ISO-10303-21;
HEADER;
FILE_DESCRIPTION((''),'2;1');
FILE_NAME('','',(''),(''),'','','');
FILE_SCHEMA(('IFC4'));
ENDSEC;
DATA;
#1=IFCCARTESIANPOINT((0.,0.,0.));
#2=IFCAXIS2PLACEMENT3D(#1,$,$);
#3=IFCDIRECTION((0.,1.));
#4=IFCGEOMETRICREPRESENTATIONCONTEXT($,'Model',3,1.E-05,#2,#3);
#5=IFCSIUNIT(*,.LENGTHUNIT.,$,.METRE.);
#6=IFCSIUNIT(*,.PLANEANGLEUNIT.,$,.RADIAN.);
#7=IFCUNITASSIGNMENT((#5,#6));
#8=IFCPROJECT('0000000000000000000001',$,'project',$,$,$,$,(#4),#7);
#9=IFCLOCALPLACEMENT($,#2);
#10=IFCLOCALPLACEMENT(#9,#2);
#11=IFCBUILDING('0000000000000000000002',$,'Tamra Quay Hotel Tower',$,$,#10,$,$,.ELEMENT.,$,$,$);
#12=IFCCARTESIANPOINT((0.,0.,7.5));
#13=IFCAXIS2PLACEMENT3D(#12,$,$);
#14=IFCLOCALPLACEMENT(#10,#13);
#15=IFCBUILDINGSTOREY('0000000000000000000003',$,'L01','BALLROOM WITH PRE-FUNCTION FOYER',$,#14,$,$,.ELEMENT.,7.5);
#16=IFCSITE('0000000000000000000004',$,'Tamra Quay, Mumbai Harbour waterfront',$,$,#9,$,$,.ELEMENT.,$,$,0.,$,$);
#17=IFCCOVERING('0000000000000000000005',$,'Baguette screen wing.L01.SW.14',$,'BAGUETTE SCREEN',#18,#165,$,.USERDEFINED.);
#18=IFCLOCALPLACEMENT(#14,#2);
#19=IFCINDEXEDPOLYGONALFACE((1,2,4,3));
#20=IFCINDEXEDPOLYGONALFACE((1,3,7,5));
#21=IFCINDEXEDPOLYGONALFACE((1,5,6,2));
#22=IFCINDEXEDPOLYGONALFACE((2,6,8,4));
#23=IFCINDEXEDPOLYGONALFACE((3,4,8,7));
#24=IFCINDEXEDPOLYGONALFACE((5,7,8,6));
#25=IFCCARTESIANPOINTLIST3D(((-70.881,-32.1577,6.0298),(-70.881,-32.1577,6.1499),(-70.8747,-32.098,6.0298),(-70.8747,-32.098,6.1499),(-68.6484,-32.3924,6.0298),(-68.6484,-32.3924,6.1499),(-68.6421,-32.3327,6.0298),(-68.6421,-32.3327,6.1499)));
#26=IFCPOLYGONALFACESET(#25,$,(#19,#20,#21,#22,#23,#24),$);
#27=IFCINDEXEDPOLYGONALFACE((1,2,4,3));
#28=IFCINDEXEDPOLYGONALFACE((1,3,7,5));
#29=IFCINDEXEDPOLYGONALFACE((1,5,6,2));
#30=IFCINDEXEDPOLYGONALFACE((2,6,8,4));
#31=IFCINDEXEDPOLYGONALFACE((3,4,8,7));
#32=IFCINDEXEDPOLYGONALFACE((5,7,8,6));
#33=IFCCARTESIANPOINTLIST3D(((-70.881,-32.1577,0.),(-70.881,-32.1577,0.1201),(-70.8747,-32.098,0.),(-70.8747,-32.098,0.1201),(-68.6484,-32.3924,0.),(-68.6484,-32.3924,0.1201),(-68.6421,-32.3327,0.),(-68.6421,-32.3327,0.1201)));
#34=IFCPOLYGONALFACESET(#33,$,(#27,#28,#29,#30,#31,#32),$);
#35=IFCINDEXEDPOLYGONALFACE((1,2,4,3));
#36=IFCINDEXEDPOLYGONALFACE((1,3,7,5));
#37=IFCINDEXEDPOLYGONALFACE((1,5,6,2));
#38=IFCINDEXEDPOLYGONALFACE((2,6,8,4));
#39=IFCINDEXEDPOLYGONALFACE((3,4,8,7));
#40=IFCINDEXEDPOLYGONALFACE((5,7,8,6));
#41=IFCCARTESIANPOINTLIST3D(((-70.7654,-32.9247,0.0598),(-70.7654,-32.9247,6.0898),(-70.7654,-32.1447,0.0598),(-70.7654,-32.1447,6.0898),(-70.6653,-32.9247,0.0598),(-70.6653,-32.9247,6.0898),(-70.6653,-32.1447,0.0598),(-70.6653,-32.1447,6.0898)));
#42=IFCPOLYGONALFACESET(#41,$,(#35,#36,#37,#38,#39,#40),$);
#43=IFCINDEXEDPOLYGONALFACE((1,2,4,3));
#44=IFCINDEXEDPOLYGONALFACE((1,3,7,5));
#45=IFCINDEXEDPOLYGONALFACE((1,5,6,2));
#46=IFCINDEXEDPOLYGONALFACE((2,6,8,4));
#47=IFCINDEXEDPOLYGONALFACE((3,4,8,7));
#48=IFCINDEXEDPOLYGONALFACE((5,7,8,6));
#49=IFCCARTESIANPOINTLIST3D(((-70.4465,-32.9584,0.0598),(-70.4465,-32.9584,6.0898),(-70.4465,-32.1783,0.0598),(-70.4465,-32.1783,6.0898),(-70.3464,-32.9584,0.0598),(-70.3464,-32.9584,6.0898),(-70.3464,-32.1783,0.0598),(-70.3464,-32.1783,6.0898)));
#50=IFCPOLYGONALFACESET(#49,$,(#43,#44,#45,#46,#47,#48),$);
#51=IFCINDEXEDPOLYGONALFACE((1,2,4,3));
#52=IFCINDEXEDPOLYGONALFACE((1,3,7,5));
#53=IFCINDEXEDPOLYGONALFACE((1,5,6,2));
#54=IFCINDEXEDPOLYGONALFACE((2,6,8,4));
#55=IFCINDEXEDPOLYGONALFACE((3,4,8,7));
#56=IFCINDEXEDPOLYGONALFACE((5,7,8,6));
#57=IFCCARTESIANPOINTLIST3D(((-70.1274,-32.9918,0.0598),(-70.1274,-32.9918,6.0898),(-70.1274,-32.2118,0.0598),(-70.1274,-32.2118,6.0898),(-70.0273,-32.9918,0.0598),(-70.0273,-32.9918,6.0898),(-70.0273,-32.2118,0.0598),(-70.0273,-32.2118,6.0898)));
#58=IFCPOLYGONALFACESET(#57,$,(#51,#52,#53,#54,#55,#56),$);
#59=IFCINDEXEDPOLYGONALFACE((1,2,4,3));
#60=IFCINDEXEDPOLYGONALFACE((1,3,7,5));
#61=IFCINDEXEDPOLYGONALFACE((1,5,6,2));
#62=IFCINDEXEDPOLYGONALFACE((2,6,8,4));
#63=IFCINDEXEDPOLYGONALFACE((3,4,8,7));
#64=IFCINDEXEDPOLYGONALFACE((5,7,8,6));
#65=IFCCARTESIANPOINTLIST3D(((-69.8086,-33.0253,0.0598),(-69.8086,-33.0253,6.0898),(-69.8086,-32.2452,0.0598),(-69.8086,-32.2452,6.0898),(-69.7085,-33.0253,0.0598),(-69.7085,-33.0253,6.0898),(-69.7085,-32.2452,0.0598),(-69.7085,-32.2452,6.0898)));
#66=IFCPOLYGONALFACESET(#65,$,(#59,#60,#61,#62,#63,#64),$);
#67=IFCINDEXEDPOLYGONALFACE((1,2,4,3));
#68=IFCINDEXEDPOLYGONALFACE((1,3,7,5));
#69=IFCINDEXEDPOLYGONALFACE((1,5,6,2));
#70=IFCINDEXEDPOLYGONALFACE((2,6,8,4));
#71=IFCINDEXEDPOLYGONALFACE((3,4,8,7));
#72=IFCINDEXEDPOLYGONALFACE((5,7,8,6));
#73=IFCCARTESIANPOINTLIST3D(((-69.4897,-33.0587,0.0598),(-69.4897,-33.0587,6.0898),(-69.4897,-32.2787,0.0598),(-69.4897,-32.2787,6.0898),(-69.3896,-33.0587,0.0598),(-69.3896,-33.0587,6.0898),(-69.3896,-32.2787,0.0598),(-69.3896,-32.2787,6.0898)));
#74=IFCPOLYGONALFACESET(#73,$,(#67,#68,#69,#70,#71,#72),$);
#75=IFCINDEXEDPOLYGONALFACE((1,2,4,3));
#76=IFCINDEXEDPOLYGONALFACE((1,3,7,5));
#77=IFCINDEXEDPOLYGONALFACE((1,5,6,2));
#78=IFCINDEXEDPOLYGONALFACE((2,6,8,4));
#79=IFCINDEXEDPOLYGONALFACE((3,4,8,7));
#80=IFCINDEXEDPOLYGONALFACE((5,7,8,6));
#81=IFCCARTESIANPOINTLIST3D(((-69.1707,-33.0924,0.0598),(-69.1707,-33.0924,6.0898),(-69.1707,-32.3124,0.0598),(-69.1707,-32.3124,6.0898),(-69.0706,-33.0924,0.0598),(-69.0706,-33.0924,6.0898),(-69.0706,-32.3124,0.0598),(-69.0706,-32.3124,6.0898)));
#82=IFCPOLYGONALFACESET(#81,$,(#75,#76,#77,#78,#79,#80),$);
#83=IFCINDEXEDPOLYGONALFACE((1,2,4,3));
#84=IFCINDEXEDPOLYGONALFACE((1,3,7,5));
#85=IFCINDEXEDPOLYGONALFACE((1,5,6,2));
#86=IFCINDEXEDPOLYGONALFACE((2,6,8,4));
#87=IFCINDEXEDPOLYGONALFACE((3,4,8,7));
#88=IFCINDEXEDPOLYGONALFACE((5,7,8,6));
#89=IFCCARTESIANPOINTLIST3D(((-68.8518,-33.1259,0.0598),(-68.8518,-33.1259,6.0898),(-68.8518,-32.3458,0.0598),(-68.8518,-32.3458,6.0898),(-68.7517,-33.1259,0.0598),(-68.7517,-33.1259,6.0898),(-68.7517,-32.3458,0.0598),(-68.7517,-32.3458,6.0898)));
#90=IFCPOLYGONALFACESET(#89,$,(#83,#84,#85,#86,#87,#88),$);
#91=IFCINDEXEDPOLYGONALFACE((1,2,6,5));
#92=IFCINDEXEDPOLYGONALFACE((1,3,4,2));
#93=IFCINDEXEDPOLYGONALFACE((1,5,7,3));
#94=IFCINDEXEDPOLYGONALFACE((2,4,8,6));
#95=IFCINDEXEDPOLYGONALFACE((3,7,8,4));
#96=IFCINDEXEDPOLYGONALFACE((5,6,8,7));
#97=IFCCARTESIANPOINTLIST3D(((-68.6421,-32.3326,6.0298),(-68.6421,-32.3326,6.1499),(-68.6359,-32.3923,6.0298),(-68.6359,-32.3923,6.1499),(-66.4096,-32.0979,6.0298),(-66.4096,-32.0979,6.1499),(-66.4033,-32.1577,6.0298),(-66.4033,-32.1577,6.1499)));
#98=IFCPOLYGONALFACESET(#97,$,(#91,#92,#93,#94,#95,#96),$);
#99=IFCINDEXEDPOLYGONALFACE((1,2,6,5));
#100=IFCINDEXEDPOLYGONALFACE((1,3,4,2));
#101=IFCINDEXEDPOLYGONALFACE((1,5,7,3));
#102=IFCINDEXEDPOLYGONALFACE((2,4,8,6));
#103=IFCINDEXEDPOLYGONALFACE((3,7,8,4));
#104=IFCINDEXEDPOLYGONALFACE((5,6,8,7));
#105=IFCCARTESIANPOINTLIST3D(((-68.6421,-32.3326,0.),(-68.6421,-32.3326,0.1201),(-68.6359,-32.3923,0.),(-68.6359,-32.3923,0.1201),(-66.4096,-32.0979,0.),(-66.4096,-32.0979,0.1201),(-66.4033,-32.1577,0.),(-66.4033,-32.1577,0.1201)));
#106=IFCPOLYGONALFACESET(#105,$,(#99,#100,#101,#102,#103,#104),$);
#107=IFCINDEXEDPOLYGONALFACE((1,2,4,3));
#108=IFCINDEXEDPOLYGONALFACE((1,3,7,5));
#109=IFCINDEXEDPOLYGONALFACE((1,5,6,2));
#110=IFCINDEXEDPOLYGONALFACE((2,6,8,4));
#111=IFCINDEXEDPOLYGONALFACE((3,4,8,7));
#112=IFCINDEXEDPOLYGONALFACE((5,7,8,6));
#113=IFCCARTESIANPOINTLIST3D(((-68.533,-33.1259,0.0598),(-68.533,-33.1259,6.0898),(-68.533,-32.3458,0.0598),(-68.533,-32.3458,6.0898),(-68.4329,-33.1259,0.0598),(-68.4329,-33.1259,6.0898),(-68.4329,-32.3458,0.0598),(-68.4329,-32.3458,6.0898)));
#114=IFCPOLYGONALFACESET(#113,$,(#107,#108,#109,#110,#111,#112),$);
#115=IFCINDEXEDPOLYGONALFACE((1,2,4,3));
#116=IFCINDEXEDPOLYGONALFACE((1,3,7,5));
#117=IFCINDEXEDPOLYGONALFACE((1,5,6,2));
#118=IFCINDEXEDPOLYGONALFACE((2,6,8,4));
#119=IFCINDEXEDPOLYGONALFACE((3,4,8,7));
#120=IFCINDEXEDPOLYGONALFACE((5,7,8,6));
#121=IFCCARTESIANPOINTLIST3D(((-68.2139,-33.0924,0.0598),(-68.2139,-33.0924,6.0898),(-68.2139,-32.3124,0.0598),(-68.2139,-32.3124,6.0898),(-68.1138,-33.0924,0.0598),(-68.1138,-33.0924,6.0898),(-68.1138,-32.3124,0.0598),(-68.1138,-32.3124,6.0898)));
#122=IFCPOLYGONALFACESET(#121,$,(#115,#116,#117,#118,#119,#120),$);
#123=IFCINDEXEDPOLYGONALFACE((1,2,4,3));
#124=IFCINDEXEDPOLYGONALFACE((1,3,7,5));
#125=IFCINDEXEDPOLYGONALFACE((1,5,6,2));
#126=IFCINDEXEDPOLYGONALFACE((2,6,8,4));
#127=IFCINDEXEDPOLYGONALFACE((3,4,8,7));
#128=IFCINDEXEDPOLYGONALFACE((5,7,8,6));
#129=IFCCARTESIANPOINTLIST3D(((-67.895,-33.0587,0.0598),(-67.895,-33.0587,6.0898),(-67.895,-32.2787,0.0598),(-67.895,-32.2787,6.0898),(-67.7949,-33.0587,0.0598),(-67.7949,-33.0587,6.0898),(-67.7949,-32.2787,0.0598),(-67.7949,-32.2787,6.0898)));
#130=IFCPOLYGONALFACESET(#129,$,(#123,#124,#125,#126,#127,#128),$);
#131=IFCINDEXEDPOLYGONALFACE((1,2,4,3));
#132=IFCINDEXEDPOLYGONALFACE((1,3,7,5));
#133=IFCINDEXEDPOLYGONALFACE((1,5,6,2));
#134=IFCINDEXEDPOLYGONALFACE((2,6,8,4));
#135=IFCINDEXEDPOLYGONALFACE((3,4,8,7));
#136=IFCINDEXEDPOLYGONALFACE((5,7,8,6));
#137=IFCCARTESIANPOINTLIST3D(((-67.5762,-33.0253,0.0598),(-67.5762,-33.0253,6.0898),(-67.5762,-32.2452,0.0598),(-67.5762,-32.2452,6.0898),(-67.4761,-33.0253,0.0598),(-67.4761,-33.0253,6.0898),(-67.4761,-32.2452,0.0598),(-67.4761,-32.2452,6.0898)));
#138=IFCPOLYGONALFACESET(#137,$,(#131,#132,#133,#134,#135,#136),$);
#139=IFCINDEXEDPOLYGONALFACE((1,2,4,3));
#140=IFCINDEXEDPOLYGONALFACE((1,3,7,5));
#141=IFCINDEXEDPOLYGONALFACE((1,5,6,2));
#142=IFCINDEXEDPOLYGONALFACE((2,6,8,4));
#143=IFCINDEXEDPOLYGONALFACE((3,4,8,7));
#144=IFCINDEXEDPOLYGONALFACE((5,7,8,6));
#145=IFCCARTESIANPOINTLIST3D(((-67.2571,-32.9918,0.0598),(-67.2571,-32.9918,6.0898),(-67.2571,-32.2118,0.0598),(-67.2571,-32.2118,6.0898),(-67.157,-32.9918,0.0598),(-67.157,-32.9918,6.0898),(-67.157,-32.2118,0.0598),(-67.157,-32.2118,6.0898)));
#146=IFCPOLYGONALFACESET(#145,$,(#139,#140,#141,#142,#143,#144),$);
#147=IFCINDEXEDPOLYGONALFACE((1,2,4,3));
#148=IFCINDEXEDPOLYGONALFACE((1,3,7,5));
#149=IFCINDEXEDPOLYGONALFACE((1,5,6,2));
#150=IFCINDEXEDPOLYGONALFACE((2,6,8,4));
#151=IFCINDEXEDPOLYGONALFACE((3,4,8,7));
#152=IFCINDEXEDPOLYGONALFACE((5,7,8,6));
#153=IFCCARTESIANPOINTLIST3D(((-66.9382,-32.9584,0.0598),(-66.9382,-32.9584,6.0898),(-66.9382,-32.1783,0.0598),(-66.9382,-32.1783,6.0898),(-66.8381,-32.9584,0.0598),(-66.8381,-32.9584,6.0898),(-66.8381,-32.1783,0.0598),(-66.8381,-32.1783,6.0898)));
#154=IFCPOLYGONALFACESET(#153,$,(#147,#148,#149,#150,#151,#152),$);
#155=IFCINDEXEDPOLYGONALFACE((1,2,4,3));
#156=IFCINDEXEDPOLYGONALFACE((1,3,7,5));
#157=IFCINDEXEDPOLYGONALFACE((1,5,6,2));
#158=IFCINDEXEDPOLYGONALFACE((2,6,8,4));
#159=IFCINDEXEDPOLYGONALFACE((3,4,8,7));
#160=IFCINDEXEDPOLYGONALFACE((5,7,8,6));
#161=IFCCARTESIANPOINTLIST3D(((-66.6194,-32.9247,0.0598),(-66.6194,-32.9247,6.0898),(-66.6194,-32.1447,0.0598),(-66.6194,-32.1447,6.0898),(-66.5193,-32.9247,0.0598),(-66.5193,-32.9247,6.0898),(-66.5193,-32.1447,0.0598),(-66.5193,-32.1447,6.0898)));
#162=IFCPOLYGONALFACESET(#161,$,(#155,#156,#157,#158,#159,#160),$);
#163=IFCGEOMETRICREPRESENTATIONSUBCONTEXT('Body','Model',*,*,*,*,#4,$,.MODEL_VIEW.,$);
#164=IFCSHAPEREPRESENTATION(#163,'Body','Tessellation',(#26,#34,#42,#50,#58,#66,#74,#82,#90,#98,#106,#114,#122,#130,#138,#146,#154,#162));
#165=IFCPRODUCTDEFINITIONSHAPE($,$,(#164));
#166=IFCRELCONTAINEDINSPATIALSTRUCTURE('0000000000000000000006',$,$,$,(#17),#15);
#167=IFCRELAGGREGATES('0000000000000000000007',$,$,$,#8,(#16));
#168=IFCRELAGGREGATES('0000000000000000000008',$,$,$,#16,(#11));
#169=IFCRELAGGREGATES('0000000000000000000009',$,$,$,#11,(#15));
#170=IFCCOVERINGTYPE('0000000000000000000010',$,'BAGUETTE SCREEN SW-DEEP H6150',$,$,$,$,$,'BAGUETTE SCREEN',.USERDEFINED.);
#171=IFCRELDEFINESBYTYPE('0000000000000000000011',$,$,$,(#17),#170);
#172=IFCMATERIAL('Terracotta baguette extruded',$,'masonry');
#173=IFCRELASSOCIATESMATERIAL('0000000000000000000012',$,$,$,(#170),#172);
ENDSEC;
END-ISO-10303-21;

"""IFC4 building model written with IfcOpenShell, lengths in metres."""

from ifc_helpers import new_model, si_unit, direction, frame, frame_2d, origin, place, context, subcontext, project, spatial, rectangle, extrude, source, transform, mapped, material, type_object, element, save


model = new_model("IFC4")

# Units and contexts
model_context = context("Model", 3, precision=1e-05, world=origin(), true_north=direction((0.0, 1.0)))
body_context = subcontext(model_context, "Body", "Model", "MODEL_VIEW")
ifc_project = project(units=[si_unit("LENGTHUNIT", "METRE"), si_unit("PLANEANGLEUNIT", "RADIAN")], contexts=[model_context])

# Site, building, storey
site_placement = place(None, origin())
site = spatial("IfcSite", under=ifc_project, at=site_placement, Name="Tamra Quay, Mumbai Harbour waterfront", CompositionType="ELEMENT", RefElevation=0.0)
building_placement = place(site_placement, origin())
building = spatial("IfcBuilding", under=site, at=building_placement, Name="Tamra Quay Hotel Tower", CompositionType="ELEMENT")
storey_placement = place(building_placement, frame((0.0, 0.0, 7.5)))
storey = spatial("IfcBuildingStorey", under=building, at=storey_placement, Name="L01", Description="BALLROOM WITH PRE-FUNCTION FOYER", CompositionType="ELEMENT", Elevation=7.5)

# Covering
ifc_material_1 = material(Name="Terracotta baguette extruded", Category="masonry")
covering_type_1 = type_object("IfcCoveringType", Name="BAGUETTE SCREEN SW-DEEP H6150", ElementType="BAGUETTE SCREEN", PredefinedType="USERDEFINED", material=ifc_material_1)
shared_shape_1 = source(origin(), body_context, "Body", "SweptSolid", [
    extrude(rectangle(XDim=2.2449, YDim=0.0601, at=frame_2d((1.1226, 0.03))), frame((-2.2388, -0.0576, -0.1201), z_axis=(0.0, 0.0, 1.0), x_axis=(0.994522, -0.104528, 0.0)), (0.0, 0.0, 1.0), 0.1201),
    extrude(rectangle(XDim=2.2449, YDim=0.0601, at=frame_2d((1.1226, 0.03))), frame((-2.2388, -0.0576, -6.1499), z_axis=(0.0, 0.0, 1.0), x_axis=(0.994522, -0.104528, 0.0)), (0.0, 0.0, 1.0), 0.1201),
    extrude(rectangle(XDim=0.1001, YDim=0.78, at=frame_2d((0.05, 0.3901))), frame((-2.123, -0.8247, -6.0901)), (0.0, 0.0, 1.0), 6.03),
    extrude(rectangle(XDim=0.1001, YDim=0.78, at=frame_2d((0.05, 0.3901))), frame((-1.8042, -0.8584, -6.0901)), (0.0, 0.0, 1.0), 6.03),
    extrude(rectangle(XDim=0.1001, YDim=0.78, at=frame_2d((0.05, 0.3901))), frame((-1.4851, -0.8918, -6.0901)), (0.0, 0.0, 1.0), 6.03),
    extrude(rectangle(XDim=0.1001, YDim=0.78, at=frame_2d((0.05, 0.3901))), frame((-1.1663, -0.9253, -6.0901)), (0.0, 0.0, 1.0), 6.03),
    extrude(rectangle(XDim=0.1001, YDim=0.78, at=frame_2d((0.05, 0.3901))), frame((-0.8474, -0.9587, -6.0901)), (0.0, 0.0, 1.0), 6.03),
    extrude(rectangle(XDim=0.1001, YDim=0.78, at=frame_2d((0.05, 0.3901))), frame((-0.5283, -0.9924, -6.0901)), (0.0, 0.0, 1.0), 6.03),
    extrude(rectangle(XDim=0.1001, YDim=0.78, at=frame_2d((0.05, 0.3901))), frame((-0.2095, -1.0259, -6.0901)), (0.0, 0.0, 1.0), 6.03),
    extrude(rectangle(XDim=2.2449, YDim=0.0601, at=frame_2d((1.1226, 0.03))), frame((0.0063, -0.2922, -0.1201), z_axis=(0.0, 0.0, 1.0), x_axis=(0.994522, 0.104528, 0.0)), (0.0, 0.0, 1.0), 0.1201),
    extrude(rectangle(XDim=2.2449, YDim=0.0601, at=frame_2d((1.1226, 0.03))), frame((0.0063, -0.2922, -6.1499), z_axis=(0.0, 0.0, 1.0), x_axis=(0.994522, 0.104528, 0.0)), (0.0, 0.0, 1.0), 0.1201),
    extrude(rectangle(XDim=0.1001, YDim=0.78, at=frame_2d((0.05, 0.3901))), frame((0.1094, -1.0259, -6.0901)), (0.0, 0.0, 1.0), 6.03),
    extrude(rectangle(XDim=0.1001, YDim=0.78, at=frame_2d((0.05, 0.3901))), frame((0.4285, -0.9924, -6.0901)), (0.0, 0.0, 1.0), 6.03),
    extrude(rectangle(XDim=0.1001, YDim=0.78, at=frame_2d((0.05, 0.3901))), frame((0.7473, -0.9587, -6.0901)), (0.0, 0.0, 1.0), 6.03),
    extrude(rectangle(XDim=0.1001, YDim=0.78, at=frame_2d((0.05, 0.3901))), frame((1.0662, -0.9253, -6.0901)), (0.0, 0.0, 1.0), 6.03),
    extrude(rectangle(XDim=0.1001, YDim=0.78, at=frame_2d((0.05, 0.3901))), frame((1.3853, -0.8918, -6.0901)), (0.0, 0.0, 1.0), 6.03),
    extrude(rectangle(XDim=0.1001, YDim=0.78, at=frame_2d((0.05, 0.3901))), frame((1.7041, -0.8584, -6.0901)), (0.0, 0.0, 1.0), 6.03),
    extrude(rectangle(XDim=0.1001, YDim=0.78, at=frame_2d((0.05, 0.3901))), frame((2.0229, -0.8247, -6.0901)), (0.0, 0.0, 1.0), 6.03),
])
covering_1_placement = place(storey_placement, frame((-68.6423, -32.1001, 6.1499), z_axis=(0.0, 0.0, 1.0), x_axis=(1.0, 0.0, 0.0)))
element("IfcCovering", 1, at=covering_1_placement, inside=storey, type_object=covering_type_1, Name="Baguette screen wing.L01.SW.14", ObjectType="BAGUETTE SCREEN", PredefinedType="USERDEFINED", context=body_context, shape_type="MappedRepresentation", body=[
    mapped(shared_shape_1, transform((0.0, 0.0, 0.0), scale=1.0)),
])

save(model, "model.ifc")
